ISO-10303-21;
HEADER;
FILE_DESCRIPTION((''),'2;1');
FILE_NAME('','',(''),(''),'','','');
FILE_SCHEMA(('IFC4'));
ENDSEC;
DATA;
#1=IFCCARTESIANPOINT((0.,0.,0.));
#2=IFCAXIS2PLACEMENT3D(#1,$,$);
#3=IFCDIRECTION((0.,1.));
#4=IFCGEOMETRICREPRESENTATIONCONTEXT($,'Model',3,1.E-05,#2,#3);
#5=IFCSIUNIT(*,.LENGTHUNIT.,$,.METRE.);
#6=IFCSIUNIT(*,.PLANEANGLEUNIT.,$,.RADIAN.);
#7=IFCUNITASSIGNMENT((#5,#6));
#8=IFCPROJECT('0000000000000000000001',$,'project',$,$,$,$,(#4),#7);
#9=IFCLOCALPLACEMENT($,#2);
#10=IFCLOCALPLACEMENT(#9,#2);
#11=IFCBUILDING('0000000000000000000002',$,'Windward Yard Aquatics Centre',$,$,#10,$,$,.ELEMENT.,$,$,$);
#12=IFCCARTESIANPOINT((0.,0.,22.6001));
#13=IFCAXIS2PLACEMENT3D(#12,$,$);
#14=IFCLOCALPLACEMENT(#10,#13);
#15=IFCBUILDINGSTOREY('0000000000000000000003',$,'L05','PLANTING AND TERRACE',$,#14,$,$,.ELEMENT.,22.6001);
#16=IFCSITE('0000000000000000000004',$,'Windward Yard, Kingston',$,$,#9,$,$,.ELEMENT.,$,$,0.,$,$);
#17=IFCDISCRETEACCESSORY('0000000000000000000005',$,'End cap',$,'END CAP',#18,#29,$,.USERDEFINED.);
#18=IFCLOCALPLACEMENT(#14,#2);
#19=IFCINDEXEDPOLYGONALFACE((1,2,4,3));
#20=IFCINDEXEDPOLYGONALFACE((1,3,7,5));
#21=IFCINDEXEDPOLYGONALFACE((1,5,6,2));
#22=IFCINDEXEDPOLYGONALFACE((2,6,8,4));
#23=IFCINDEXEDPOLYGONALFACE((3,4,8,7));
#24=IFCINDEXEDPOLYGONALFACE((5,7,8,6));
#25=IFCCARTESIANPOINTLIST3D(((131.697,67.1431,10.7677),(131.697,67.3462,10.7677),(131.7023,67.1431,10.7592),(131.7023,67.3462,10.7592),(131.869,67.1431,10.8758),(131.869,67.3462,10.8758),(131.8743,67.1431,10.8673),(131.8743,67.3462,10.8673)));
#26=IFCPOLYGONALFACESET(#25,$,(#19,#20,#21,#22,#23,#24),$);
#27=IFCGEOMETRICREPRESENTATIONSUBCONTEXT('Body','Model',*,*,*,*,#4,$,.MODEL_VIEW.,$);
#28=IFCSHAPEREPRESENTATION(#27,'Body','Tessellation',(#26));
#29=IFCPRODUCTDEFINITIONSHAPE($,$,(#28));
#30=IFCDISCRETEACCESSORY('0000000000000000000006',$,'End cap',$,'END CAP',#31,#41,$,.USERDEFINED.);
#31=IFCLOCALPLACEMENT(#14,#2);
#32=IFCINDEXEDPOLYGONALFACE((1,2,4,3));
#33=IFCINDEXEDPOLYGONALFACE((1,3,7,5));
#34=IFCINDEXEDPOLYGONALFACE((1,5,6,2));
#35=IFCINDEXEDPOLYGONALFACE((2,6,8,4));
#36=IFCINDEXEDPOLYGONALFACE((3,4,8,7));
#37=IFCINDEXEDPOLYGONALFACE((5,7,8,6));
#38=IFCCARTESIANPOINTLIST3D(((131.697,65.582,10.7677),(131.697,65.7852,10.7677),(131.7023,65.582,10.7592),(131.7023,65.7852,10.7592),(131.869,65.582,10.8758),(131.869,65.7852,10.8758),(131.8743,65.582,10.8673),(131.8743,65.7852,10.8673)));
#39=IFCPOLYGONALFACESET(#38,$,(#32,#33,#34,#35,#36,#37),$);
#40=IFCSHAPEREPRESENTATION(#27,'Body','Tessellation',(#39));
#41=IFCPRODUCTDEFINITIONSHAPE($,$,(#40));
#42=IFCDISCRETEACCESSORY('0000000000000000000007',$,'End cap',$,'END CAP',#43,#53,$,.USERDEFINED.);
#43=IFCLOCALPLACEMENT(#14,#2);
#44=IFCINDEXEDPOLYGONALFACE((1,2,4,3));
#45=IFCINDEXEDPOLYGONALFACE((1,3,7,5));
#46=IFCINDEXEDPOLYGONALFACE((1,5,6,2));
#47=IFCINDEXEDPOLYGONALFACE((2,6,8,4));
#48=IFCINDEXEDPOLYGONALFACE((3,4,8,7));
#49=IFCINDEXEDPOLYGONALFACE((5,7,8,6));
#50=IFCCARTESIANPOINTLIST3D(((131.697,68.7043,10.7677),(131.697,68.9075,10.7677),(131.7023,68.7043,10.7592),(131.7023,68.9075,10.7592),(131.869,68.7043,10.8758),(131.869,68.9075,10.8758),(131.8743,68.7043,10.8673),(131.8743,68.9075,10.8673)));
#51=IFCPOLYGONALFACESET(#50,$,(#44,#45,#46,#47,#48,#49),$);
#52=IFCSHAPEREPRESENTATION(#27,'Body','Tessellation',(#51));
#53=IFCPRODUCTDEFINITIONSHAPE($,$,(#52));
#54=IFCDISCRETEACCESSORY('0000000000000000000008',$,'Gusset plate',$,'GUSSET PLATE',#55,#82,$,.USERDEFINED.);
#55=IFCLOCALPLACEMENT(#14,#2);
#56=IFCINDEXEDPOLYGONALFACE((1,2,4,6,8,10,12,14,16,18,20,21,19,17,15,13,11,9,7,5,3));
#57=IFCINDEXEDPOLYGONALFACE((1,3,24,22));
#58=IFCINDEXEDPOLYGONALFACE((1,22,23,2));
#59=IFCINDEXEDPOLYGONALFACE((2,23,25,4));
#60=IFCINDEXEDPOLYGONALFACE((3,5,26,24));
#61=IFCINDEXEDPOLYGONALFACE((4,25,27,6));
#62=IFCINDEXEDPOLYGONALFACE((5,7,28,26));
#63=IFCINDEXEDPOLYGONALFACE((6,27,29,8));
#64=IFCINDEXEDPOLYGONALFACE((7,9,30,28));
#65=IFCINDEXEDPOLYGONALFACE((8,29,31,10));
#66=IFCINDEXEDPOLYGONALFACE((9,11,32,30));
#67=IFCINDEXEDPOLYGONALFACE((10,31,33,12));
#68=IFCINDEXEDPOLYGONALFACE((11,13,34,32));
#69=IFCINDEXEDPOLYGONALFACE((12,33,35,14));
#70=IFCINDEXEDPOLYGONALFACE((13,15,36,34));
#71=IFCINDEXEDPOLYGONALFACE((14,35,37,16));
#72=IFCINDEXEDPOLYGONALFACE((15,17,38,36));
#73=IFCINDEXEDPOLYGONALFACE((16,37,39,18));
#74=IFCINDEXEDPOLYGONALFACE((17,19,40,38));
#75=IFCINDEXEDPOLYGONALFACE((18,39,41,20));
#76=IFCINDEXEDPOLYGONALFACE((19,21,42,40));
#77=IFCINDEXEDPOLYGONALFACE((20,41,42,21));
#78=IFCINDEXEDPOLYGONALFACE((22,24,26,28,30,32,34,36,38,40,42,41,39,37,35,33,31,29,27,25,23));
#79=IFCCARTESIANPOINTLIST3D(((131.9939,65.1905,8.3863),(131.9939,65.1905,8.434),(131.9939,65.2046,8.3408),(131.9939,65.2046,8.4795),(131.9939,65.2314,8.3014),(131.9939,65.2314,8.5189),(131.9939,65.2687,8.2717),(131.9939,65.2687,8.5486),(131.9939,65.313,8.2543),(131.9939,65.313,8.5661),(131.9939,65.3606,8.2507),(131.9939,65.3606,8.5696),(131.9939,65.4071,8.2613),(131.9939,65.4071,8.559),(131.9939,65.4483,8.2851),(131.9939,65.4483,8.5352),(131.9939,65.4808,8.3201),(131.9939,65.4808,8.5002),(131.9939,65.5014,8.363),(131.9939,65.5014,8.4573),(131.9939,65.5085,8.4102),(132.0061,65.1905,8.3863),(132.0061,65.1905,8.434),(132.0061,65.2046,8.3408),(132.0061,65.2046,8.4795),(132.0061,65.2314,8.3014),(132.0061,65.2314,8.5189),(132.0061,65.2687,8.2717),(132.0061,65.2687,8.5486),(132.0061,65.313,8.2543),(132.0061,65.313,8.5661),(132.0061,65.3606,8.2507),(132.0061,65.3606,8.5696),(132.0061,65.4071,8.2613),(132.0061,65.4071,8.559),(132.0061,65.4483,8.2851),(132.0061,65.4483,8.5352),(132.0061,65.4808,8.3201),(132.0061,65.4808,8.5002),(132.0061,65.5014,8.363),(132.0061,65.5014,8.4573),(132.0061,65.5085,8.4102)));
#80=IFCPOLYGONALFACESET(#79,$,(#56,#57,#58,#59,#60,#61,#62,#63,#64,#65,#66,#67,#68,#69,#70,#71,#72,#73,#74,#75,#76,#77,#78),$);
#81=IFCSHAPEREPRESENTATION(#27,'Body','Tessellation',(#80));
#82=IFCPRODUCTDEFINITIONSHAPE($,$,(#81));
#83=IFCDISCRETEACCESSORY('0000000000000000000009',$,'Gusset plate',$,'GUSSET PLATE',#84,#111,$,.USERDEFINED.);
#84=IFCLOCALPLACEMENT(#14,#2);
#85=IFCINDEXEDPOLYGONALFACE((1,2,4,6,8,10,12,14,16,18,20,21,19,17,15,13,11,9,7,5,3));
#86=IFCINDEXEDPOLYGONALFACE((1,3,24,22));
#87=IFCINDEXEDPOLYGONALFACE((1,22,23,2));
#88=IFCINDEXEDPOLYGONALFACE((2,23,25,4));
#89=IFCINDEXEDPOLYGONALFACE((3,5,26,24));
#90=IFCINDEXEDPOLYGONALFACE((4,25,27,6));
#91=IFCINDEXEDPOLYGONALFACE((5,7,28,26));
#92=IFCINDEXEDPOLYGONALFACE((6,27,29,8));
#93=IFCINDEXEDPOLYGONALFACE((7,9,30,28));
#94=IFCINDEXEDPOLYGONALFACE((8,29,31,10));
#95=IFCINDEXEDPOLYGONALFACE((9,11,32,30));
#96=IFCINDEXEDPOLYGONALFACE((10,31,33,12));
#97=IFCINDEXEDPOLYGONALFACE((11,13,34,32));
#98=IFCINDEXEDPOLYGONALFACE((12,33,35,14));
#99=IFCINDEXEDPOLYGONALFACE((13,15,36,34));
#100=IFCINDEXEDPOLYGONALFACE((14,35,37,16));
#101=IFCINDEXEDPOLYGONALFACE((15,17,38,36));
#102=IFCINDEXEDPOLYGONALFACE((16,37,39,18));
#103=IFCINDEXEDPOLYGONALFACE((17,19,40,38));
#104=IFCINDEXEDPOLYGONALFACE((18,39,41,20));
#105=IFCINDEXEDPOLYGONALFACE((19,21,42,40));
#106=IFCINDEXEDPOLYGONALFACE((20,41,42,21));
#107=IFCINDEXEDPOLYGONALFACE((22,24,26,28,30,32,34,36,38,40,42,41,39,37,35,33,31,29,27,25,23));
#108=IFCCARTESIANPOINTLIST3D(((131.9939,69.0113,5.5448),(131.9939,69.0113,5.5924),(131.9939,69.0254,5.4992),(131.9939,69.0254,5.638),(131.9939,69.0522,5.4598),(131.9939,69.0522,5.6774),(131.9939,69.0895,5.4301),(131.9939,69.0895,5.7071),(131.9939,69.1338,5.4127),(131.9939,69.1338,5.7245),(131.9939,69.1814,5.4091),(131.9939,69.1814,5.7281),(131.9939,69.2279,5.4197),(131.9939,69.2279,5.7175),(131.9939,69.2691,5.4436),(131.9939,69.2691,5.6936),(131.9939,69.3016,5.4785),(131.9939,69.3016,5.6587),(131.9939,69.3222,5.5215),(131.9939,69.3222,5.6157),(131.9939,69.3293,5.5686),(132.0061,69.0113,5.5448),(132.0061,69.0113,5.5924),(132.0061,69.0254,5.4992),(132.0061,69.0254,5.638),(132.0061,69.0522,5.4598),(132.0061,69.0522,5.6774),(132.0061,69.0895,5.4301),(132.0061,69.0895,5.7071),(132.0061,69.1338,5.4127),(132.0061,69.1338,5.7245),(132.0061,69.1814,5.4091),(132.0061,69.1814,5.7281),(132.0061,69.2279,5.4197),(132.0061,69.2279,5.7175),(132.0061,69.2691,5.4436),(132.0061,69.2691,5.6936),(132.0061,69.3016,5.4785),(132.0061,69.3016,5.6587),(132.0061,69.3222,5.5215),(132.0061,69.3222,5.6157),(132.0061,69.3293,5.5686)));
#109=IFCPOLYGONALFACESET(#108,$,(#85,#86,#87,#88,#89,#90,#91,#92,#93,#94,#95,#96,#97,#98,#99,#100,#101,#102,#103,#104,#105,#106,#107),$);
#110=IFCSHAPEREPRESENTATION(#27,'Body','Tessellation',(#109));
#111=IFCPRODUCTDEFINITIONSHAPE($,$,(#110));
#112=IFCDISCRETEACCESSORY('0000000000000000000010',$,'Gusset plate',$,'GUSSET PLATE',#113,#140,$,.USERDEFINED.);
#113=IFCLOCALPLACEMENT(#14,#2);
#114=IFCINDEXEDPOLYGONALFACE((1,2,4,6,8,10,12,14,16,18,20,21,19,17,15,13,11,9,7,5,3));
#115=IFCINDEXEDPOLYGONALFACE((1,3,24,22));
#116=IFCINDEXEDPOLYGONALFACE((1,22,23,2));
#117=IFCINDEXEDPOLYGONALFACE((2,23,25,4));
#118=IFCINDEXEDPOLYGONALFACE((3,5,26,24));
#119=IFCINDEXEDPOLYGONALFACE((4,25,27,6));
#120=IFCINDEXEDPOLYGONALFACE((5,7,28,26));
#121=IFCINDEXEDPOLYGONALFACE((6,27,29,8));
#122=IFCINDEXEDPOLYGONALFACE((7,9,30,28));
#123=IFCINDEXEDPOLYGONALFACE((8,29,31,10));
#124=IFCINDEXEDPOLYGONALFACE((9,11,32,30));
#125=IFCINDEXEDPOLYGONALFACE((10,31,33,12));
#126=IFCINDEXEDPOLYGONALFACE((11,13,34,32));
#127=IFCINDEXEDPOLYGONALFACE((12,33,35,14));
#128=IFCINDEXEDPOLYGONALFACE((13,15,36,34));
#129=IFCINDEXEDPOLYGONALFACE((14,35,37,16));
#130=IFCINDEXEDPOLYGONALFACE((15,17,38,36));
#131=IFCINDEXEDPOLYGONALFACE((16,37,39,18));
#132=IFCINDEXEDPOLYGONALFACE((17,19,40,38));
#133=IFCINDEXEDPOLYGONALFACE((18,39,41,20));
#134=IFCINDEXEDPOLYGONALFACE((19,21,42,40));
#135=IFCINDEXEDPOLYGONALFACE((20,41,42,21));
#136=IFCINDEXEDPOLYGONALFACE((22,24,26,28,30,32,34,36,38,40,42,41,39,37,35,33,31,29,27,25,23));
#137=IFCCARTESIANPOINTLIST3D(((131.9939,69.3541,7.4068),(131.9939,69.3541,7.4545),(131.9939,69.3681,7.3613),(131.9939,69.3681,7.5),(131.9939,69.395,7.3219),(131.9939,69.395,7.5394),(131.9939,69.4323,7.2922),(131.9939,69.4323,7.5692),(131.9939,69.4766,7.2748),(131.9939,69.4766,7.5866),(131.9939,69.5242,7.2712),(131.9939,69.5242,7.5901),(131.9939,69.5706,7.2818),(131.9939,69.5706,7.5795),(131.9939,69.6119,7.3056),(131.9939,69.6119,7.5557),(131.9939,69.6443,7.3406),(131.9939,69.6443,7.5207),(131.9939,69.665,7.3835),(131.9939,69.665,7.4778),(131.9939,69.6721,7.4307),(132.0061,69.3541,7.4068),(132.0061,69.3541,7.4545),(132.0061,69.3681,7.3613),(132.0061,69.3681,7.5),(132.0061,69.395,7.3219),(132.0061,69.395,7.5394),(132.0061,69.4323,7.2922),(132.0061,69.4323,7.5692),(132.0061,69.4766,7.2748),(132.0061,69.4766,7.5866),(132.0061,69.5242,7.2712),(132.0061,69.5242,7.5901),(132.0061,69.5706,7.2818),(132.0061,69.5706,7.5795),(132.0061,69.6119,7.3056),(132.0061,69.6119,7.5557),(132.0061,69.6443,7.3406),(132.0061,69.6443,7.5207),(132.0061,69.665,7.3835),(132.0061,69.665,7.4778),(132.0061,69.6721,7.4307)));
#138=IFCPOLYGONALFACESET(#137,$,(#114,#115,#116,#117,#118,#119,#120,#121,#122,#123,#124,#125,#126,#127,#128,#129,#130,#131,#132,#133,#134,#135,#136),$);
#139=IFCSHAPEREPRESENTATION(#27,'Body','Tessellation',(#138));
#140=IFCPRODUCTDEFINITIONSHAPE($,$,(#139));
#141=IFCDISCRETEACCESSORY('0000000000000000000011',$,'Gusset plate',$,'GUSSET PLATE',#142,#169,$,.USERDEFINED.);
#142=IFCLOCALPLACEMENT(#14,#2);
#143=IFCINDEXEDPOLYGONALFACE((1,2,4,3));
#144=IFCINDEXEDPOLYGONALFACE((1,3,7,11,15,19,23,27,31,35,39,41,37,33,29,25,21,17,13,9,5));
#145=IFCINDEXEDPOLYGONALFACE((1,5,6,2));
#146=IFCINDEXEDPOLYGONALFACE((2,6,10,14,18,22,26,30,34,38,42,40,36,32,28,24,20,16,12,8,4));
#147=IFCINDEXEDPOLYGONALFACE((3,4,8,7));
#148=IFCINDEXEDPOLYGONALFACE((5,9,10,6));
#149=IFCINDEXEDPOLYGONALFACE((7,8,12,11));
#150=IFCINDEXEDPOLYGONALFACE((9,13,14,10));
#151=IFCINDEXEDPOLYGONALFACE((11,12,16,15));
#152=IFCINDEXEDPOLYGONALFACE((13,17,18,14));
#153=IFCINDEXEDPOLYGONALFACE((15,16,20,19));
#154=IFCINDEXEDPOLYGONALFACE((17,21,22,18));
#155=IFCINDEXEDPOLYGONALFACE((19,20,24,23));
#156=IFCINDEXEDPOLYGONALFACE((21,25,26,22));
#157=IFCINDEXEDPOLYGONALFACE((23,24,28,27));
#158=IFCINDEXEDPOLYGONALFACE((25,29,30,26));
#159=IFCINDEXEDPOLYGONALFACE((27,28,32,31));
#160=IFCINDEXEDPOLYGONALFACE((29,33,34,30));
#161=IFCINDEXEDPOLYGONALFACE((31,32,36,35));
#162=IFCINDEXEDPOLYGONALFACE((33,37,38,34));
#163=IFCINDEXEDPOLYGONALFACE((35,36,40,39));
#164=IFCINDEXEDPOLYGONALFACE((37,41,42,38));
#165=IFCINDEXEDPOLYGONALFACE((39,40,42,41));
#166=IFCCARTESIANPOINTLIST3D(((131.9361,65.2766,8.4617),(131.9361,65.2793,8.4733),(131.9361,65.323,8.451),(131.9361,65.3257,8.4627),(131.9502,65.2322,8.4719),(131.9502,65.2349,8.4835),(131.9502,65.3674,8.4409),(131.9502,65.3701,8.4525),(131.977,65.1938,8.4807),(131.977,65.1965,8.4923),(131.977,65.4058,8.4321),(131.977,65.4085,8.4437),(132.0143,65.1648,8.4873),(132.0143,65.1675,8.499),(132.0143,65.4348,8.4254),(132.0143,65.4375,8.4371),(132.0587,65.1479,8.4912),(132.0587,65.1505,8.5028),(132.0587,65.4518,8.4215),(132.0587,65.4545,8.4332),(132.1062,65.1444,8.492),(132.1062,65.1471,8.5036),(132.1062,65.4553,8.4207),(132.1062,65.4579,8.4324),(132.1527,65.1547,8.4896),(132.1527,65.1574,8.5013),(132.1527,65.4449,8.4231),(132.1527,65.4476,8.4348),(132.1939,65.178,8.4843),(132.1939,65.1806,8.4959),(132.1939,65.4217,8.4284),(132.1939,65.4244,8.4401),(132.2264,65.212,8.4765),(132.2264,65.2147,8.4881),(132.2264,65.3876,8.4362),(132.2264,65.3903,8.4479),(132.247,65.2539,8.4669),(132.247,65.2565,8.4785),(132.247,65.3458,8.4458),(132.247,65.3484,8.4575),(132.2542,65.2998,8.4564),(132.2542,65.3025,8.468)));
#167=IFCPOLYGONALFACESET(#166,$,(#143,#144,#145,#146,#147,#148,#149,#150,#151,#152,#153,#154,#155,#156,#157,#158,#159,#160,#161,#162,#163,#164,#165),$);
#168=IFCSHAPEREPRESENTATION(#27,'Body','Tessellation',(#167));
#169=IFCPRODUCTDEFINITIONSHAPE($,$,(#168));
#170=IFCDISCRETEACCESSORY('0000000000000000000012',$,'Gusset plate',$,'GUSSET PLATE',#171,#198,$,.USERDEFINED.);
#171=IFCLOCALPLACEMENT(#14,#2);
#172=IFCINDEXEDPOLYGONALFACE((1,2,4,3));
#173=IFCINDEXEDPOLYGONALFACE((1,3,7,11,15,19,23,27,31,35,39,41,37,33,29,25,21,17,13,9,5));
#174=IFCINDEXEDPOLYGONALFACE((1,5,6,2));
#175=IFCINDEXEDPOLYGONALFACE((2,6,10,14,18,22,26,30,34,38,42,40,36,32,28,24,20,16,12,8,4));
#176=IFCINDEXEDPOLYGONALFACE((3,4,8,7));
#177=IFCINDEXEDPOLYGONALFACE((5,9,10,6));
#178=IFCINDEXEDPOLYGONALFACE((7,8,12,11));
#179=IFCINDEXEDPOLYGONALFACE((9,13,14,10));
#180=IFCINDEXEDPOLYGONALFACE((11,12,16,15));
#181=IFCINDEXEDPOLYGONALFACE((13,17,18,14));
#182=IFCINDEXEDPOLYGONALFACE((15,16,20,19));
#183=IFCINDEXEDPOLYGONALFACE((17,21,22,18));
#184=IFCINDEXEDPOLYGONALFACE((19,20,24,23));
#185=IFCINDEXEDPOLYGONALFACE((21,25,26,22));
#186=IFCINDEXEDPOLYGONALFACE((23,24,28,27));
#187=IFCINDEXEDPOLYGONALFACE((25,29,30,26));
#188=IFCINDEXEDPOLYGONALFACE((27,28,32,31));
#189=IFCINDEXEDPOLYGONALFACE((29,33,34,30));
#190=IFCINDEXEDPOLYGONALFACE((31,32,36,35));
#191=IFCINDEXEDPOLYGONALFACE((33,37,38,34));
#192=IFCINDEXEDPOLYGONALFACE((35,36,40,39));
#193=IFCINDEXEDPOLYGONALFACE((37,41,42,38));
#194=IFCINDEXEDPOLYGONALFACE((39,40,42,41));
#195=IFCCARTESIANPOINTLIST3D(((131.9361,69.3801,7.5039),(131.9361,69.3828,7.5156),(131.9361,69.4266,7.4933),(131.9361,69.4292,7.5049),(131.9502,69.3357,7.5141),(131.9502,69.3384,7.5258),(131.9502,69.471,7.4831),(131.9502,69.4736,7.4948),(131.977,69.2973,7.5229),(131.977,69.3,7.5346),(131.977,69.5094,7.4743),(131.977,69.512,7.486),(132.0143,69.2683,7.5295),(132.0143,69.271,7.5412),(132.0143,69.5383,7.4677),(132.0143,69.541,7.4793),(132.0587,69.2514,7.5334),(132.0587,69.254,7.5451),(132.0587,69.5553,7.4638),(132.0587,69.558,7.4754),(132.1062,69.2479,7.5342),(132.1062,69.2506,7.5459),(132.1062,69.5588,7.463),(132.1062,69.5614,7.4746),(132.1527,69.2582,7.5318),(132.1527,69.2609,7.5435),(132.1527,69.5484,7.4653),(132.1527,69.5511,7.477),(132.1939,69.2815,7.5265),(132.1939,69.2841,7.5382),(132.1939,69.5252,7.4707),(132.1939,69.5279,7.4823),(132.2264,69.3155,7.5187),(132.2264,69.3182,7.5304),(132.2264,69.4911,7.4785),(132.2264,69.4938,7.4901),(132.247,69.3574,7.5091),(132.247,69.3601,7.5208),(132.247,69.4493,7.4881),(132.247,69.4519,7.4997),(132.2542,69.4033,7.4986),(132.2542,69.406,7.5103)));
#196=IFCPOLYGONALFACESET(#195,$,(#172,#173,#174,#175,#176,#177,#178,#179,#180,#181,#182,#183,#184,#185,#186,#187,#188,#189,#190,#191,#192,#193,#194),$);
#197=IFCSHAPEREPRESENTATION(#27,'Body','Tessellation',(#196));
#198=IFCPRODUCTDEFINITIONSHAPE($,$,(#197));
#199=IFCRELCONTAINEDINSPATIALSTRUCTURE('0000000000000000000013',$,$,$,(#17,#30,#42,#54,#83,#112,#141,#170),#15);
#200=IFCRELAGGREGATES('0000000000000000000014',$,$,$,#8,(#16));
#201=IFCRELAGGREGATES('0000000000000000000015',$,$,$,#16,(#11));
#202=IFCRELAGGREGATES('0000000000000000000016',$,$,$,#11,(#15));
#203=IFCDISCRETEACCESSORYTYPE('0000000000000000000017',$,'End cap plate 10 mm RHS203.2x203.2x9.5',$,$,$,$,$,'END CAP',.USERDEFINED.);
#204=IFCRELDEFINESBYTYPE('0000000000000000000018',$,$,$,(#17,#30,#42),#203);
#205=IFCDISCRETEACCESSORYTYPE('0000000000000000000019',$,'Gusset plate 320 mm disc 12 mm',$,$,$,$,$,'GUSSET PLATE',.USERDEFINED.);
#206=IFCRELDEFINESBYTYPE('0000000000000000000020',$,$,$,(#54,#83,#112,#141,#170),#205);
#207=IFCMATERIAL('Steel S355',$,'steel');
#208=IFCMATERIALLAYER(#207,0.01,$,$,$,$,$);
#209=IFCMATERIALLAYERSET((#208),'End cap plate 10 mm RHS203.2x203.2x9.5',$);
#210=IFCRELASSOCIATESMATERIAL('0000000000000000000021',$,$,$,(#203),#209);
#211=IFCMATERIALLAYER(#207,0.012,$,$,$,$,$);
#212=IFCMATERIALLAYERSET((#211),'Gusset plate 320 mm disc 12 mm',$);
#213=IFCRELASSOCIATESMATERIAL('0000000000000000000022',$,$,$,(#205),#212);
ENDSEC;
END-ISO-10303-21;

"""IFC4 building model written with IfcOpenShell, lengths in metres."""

from ifc_helpers import new_model, si_unit, direction, frame, origin, origin_2d, place, context, subcontext, project, spatial, rectangle, circle, extrude, material, layer, layer_set, type_object, element, save


model = new_model("IFC4")

# Units and contexts
model_context = context("Model", 3, precision=1e-05, world=origin(), true_north=direction((0.0, 1.0)))
body_context = subcontext(model_context, "Body", "Model", "MODEL_VIEW")
ifc_project = project(units=[si_unit("LENGTHUNIT", "METRE"), si_unit("PLANEANGLEUNIT", "RADIAN")], contexts=[model_context])

# Site, building, storey
site_placement = place(None, origin())
site = spatial("IfcSite", under=ifc_project, at=site_placement, Name="Windward Yard, Kingston", CompositionType="ELEMENT", RefElevation=0.0)
building_placement = place(site_placement, origin())
building = spatial("IfcBuilding", under=site, at=building_placement, Name="Windward Yard Aquatics Centre", CompositionType="ELEMENT")
storey_placement = place(building_placement, frame((0.0, 0.0, 22.6001)))
storey = spatial("IfcBuildingStorey", under=building, at=storey_placement, Name="L05", Description="PLANTING AND TERRACE", CompositionType="ELEMENT", Elevation=22.6001)

# Discrete accessories
ifc_material_1 = material(Name="Steel S355", Category="steel")
ifc_layer_1 = layer(ifc_material_1, 0.01)
ifc_layer_set_1 = layer_set([ifc_layer_1], Name="End cap plate 10 mm RHS203.2x203.2x9.5")
discrete_accessory_type_1 = type_object("IfcDiscreteAccessoryType", Name="End cap plate 10 mm RHS203.2x203.2x9.5", ElementType="END CAP", PredefinedType="USERDEFINED", material=ifc_layer_set_1)
for number, where, z_axis, x_axis, name in (
    (1, (131.7883, 67.2446, 10.8132), (-0.532172, 0.0, 0.846637), (0.0, -1.0, 0.0), "End cap"),
    (2, (131.7883, 65.6836, 10.8132), (-0.532172, 0.0, 0.846637), (0.0, -1.0, 0.0), "End cap"),
    (3, (131.7883, 68.8059, 10.8132), (-0.532172, 0.0, 0.846637), (0.0, -1.0, 0.0), "End cap"),
):
    element("IfcDiscreteAccessory", number, at=place(storey_placement, frame(where, z_axis=z_axis, x_axis=x_axis)), inside=storey, type_object=discrete_accessory_type_1, Name=name, ObjectType="END CAP", PredefinedType="USERDEFINED", context=body_context, shape_type="SweptSolid", body=[
        extrude(rectangle(XDim=0.2031, YDim=0.2031, at=origin_2d()), origin(), (0.0, 0.0, 1.0), 0.01),
    ])
ifc_layer_2 = layer(ifc_material_1, 0.012)
ifc_layer_set_2 = layer_set([ifc_layer_2], Name="Gusset plate 320 mm disc 12 mm")
discrete_accessory_type_2 = type_object("IfcDiscreteAccessoryType", Name="Gusset plate 320 mm disc 12 mm", ElementType="GUSSET PLATE", PredefinedType="USERDEFINED", material=ifc_layer_set_2)
for number, where, z_axis, x_axis, name in (
    (4, (131.9939, 65.3486, 8.4102), (1.0, 0.0, 0.0), (0.0, 1.0, 0.0), "Gusset plate"),
    (5, (131.9939, 69.1694, 5.5686), (1.0, 0.0, 0.0), (0.0, 1.0, 0.0), "Gusset plate"),
    (6, (131.9939, 69.5122, 7.4307), (1.0, 0.0, 0.0), (0.0, 1.0, 0.0), "Gusset plate"),
):
    element("IfcDiscreteAccessory", number, at=place(storey_placement, frame(where, z_axis=z_axis, x_axis=x_axis)), inside=storey, type_object=discrete_accessory_type_2, Name=name, ObjectType="GUSSET PLATE", PredefinedType="USERDEFINED", context=body_context, shape_type="SweptSolid", body=[
        extrude(circle(Radius=0.1599, at=origin_2d()), origin(), (0.0, 0.0, 1.0), 0.0122),
    ])
for number, where, z_axis, x_axis, name in (
    (7, (132.0942, 65.3025, 8.468), (0.0, -0.223376, -0.974732), (1.0, 0.0, 0.0), "Gusset plate"),
    (8, (132.0942, 69.406, 7.5103), (0.0, -0.223376, -0.974732), (1.0, 0.0, 0.0), "Gusset plate"),
):
    element("IfcDiscreteAccessory", number, at=place(storey_placement, frame(where, z_axis=z_axis, x_axis=x_axis)), inside=storey, type_object=discrete_accessory_type_2, Name=name, ObjectType="GUSSET PLATE", PredefinedType="USERDEFINED", context=body_context, shape_type="SweptSolid", body=[
        extrude(circle(Radius=0.1599, at=origin_2d()), origin(), (0.0, 0.0, 1.0), 0.012),
    ])

save(model, "model.ifc")
